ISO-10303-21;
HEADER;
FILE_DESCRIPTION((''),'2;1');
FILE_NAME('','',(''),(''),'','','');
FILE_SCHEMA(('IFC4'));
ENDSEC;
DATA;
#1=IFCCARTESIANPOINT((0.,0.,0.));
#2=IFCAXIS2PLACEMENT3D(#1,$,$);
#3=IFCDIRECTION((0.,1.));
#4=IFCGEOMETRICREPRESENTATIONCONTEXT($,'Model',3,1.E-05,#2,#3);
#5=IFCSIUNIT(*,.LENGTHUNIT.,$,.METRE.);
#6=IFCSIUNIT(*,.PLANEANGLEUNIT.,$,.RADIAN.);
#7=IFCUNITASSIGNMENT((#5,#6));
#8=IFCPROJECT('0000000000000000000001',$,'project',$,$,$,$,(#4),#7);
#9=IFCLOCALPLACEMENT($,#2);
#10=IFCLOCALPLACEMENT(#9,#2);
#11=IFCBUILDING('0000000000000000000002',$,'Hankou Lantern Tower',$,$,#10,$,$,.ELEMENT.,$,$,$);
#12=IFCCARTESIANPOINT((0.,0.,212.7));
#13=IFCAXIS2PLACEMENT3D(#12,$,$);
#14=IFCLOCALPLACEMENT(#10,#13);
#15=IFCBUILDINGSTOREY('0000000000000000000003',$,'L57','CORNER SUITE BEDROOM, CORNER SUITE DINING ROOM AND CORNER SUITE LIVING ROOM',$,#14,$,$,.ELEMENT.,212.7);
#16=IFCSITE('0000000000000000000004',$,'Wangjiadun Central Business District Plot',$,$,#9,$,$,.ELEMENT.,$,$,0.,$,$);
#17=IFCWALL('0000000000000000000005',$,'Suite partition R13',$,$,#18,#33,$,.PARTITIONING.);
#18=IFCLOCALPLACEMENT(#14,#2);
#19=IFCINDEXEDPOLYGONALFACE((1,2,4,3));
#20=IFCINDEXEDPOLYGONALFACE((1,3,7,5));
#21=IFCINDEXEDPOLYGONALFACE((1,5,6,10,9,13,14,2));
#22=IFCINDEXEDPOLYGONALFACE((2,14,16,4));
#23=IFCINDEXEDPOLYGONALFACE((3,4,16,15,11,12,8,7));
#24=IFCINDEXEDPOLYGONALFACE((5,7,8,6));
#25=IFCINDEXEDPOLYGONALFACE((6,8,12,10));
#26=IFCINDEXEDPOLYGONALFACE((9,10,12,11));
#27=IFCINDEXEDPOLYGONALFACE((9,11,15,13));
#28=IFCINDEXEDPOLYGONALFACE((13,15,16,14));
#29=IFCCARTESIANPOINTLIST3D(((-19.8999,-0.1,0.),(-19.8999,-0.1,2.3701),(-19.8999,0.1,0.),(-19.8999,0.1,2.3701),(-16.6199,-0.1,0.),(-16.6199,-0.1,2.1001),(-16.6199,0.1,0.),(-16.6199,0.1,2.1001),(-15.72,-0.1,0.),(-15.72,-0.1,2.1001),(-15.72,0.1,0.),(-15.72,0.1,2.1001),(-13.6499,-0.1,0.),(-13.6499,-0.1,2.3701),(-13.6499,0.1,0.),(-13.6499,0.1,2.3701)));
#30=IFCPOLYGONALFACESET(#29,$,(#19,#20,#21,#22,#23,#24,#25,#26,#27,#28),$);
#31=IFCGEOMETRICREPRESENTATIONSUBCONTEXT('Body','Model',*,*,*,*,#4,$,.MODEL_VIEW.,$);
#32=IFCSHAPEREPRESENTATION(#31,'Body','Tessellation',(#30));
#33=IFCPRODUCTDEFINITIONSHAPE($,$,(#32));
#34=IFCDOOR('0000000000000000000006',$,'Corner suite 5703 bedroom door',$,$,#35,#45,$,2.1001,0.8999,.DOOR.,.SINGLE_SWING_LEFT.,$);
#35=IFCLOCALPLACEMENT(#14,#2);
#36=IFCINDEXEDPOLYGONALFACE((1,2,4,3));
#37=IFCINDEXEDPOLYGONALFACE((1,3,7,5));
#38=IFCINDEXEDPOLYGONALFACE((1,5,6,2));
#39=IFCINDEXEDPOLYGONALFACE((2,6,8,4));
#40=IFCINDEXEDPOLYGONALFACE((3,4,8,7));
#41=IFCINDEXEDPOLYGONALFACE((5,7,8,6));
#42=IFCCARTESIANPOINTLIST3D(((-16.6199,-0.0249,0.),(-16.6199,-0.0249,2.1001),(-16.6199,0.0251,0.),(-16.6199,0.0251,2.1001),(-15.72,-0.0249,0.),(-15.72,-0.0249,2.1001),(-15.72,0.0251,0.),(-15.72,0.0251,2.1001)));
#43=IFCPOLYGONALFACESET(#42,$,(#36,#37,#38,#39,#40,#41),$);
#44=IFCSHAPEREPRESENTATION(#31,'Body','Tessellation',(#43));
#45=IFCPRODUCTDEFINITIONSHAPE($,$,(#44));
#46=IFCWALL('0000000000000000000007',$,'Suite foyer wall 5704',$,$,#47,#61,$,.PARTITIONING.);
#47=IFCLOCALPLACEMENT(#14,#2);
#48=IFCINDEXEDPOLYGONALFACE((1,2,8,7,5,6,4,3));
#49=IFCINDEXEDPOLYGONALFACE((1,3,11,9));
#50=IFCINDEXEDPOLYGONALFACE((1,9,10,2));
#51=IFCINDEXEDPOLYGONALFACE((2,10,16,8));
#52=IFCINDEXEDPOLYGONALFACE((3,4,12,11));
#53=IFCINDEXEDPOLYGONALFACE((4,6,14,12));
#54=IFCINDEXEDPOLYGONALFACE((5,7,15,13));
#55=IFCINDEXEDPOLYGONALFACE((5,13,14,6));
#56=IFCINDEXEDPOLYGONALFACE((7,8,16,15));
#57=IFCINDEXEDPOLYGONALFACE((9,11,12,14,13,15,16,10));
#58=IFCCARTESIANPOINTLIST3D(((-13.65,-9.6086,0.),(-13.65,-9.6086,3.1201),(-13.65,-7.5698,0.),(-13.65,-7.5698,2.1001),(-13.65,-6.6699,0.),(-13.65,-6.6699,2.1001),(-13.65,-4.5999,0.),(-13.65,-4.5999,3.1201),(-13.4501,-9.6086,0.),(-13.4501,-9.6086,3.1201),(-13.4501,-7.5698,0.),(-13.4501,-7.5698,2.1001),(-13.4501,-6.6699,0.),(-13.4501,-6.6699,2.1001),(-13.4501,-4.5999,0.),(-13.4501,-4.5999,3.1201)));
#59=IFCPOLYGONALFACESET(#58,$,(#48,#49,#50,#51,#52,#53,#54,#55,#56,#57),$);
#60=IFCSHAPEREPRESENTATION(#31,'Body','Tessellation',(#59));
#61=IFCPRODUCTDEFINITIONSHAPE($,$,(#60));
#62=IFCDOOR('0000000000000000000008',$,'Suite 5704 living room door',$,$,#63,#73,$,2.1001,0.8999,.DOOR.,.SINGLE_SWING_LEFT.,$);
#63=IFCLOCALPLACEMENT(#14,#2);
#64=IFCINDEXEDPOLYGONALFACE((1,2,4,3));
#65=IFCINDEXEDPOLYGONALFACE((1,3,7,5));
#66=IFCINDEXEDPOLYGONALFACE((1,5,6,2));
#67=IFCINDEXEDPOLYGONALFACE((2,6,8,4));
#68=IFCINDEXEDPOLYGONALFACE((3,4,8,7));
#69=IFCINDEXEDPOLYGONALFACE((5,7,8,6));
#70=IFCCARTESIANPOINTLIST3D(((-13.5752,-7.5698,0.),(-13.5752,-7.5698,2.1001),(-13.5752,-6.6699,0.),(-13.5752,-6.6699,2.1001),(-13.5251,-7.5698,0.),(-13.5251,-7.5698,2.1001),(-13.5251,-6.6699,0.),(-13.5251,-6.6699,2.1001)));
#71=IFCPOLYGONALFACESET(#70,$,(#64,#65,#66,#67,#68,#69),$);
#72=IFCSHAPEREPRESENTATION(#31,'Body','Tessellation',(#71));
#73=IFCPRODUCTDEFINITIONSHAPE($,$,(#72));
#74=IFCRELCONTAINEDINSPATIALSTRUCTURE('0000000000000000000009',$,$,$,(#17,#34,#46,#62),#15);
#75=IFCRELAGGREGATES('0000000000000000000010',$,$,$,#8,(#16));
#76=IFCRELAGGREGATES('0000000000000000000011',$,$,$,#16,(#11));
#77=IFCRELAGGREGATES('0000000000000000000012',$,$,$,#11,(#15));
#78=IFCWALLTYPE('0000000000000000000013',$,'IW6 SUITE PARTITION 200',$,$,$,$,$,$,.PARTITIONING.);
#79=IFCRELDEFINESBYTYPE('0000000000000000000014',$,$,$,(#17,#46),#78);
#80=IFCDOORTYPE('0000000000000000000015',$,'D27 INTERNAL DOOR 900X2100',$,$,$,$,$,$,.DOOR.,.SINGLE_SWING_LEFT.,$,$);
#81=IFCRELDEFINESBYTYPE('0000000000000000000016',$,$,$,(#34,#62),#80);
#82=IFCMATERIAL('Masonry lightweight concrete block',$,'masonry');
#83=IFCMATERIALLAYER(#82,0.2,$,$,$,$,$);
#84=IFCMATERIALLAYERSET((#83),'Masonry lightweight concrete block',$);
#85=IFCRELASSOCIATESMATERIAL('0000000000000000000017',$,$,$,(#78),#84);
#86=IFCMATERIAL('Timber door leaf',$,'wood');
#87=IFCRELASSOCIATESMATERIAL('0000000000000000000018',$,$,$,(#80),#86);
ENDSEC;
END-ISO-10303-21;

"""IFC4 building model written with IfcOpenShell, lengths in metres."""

from ifc_helpers import new_model, si_unit, direction, frame, frame_2d, origin, place, context, subcontext, project, spatial, rectangle, extrude, material, layer, layer_set, type_object, element, fill, save


model = new_model("IFC4")

# Units and contexts
model_context = context("Model", 3, precision=1e-05, world=origin(), true_north=direction((0.0, 1.0)))
body_context = subcontext(model_context, "Body", "Model", "MODEL_VIEW")
ifc_project = project(units=[si_unit("LENGTHUNIT", "METRE"), si_unit("PLANEANGLEUNIT", "RADIAN")], contexts=[model_context])

# Site, building, storey
site_placement = place(None, origin())
site = spatial("IfcSite", under=ifc_project, at=site_placement, Name="Wangjiadun Central Business District Plot", CompositionType="ELEMENT", RefElevation=0.0)
building_placement = place(site_placement, origin())
building = spatial("IfcBuilding", under=site, at=building_placement, Name="Hankou Lantern Tower", CompositionType="ELEMENT")
storey_placement = place(building_placement, frame((0.0, 0.0, 212.7)))
storey = spatial("IfcBuildingStorey", under=building, at=storey_placement, Name="L57", Description="CORNER SUITE BEDROOM, CORNER SUITE DINING ROOM AND CORNER SUITE LIVING ROOM", CompositionType="ELEMENT", Elevation=212.7)

# Walls, openings, doors
ifc_material_1 = material(Name="Masonry lightweight concrete block", Category="masonry")
ifc_layer_1 = layer(ifc_material_1, 0.2)
ifc_layer_set_1 = layer_set([ifc_layer_1], Name="Masonry lightweight concrete block")
wall_type_1 = type_object("IfcWallType", Name="IW6 SUITE PARTITION 200", PredefinedType="PARTITIONING", material=ifc_layer_set_1)
wall_1_placement = place(storey_placement, frame((-13.6499, 0.0, 0.0), z_axis=(0.0, 0.0, 1.0), x_axis=(-1.0, 0.0, 0.0)))
wall_1 = element("IfcWall", 1, at=wall_1_placement, inside=storey, type_object=wall_type_1, Name="Suite partition R13", PredefinedType="PARTITIONING", context=body_context, shape_type="SweptSolid", body=[
    extrude(rectangle(XDim=6.25, YDim=0.2, at=frame_2d((3.125, 0.0))), origin(), (0.0, 0.0, 1.0), 2.3701),
])
opening_1_placement = place(wall_1_placement, frame((2.0701, 0.0, 0.0)))
opening_1 = element("IfcOpeningElement", 2, at=opening_1_placement, cuts=wall_1, PredefinedType="OPENING", context=body_context, shape_type="SweptSolid", body=[
    extrude(rectangle(XDim=0.8999, YDim=2.1001, at=frame_2d((0.45, 1.05))), frame((0.0, 0.1099, 0.0), z_axis=(0.0, -1.0, 0.0), x_axis=(1.0, 0.0, 0.0)), (0.0, 0.0, 1.0), 0.22),
])
ifc_material_2 = material(Name="Timber door leaf", Category="wood")
door_type_1 = type_object("IfcDoorType", Name="D27 INTERNAL DOOR 900X2100", OperationType="SINGLE_SWING_LEFT", PredefinedType="DOOR", material=ifc_material_2)
door_1_placement = place(opening_1_placement, origin())
door_1 = element("IfcDoor", 3, at=door_1_placement, inside=storey, type_object=door_type_1, Name="Corner suite 5703 bedroom door", OperationType="SINGLE_SWING_LEFT", OverallHeight=2.1001, OverallWidth=0.8999, PredefinedType="DOOR", context=body_context, shape_type="SweptSolid", body=[
    extrude(rectangle(XDim=0.8999, YDim=2.1001, at=frame_2d((0.45, 1.05))), frame((0.0, 0.0249, 0.0), z_axis=(0.0, -1.0, 0.0), x_axis=(1.0, 0.0, 0.0)), (0.0, 0.0, 1.0), 0.05),
])
fill(opening_1, door_1)
wall_2_placement = place(storey_placement, frame((-13.55, -4.5999, 0.0), z_axis=(0.0, 0.0, 1.0), x_axis=(0.0, -1.0, 0.0)))
wall_2 = element("IfcWall", 4, at=wall_2_placement, inside=storey, type_object=wall_type_1, Name="Suite foyer wall 5704", PredefinedType="PARTITIONING", context=body_context, shape_type="SweptSolid", body=[
    extrude(rectangle(XDim=5.0088, YDim=0.2, at=frame_2d((2.5044, 0.0))), origin(), (0.0, 0.0, 1.0), 3.1201),
])
opening_2_placement = place(wall_2_placement, frame((2.0701, 0.0, 0.0)))
opening_2 = element("IfcOpeningElement", 5, at=opening_2_placement, cuts=wall_2, PredefinedType="OPENING", context=body_context, shape_type="SweptSolid", body=[
    extrude(rectangle(XDim=0.8999, YDim=2.1001, at=frame_2d((0.45, 1.05))), frame((0.0, 0.1099, 0.0), z_axis=(0.0, -1.0, 0.0), x_axis=(1.0, 0.0, 0.0)), (0.0, 0.0, 1.0), 0.22),
])
door_2_placement = place(opening_2_placement, origin())
door_2 = element("IfcDoor", 6, at=door_2_placement, inside=storey, type_object=door_type_1, Name="Suite 5704 living room door", OperationType="SINGLE_SWING_LEFT", OverallHeight=2.1001, OverallWidth=0.8999, PredefinedType="DOOR", context=body_context, shape_type="SweptSolid", body=[
    extrude(rectangle(XDim=0.8999, YDim=2.1001, at=frame_2d((0.45, 1.05))), frame((0.0, 0.0249, 0.0), z_axis=(0.0, -1.0, 0.0), x_axis=(1.0, 0.0, 0.0)), (0.0, 0.0, 1.0), 0.05),
])
fill(opening_2, door_2)

save(model, "model.ifc")
